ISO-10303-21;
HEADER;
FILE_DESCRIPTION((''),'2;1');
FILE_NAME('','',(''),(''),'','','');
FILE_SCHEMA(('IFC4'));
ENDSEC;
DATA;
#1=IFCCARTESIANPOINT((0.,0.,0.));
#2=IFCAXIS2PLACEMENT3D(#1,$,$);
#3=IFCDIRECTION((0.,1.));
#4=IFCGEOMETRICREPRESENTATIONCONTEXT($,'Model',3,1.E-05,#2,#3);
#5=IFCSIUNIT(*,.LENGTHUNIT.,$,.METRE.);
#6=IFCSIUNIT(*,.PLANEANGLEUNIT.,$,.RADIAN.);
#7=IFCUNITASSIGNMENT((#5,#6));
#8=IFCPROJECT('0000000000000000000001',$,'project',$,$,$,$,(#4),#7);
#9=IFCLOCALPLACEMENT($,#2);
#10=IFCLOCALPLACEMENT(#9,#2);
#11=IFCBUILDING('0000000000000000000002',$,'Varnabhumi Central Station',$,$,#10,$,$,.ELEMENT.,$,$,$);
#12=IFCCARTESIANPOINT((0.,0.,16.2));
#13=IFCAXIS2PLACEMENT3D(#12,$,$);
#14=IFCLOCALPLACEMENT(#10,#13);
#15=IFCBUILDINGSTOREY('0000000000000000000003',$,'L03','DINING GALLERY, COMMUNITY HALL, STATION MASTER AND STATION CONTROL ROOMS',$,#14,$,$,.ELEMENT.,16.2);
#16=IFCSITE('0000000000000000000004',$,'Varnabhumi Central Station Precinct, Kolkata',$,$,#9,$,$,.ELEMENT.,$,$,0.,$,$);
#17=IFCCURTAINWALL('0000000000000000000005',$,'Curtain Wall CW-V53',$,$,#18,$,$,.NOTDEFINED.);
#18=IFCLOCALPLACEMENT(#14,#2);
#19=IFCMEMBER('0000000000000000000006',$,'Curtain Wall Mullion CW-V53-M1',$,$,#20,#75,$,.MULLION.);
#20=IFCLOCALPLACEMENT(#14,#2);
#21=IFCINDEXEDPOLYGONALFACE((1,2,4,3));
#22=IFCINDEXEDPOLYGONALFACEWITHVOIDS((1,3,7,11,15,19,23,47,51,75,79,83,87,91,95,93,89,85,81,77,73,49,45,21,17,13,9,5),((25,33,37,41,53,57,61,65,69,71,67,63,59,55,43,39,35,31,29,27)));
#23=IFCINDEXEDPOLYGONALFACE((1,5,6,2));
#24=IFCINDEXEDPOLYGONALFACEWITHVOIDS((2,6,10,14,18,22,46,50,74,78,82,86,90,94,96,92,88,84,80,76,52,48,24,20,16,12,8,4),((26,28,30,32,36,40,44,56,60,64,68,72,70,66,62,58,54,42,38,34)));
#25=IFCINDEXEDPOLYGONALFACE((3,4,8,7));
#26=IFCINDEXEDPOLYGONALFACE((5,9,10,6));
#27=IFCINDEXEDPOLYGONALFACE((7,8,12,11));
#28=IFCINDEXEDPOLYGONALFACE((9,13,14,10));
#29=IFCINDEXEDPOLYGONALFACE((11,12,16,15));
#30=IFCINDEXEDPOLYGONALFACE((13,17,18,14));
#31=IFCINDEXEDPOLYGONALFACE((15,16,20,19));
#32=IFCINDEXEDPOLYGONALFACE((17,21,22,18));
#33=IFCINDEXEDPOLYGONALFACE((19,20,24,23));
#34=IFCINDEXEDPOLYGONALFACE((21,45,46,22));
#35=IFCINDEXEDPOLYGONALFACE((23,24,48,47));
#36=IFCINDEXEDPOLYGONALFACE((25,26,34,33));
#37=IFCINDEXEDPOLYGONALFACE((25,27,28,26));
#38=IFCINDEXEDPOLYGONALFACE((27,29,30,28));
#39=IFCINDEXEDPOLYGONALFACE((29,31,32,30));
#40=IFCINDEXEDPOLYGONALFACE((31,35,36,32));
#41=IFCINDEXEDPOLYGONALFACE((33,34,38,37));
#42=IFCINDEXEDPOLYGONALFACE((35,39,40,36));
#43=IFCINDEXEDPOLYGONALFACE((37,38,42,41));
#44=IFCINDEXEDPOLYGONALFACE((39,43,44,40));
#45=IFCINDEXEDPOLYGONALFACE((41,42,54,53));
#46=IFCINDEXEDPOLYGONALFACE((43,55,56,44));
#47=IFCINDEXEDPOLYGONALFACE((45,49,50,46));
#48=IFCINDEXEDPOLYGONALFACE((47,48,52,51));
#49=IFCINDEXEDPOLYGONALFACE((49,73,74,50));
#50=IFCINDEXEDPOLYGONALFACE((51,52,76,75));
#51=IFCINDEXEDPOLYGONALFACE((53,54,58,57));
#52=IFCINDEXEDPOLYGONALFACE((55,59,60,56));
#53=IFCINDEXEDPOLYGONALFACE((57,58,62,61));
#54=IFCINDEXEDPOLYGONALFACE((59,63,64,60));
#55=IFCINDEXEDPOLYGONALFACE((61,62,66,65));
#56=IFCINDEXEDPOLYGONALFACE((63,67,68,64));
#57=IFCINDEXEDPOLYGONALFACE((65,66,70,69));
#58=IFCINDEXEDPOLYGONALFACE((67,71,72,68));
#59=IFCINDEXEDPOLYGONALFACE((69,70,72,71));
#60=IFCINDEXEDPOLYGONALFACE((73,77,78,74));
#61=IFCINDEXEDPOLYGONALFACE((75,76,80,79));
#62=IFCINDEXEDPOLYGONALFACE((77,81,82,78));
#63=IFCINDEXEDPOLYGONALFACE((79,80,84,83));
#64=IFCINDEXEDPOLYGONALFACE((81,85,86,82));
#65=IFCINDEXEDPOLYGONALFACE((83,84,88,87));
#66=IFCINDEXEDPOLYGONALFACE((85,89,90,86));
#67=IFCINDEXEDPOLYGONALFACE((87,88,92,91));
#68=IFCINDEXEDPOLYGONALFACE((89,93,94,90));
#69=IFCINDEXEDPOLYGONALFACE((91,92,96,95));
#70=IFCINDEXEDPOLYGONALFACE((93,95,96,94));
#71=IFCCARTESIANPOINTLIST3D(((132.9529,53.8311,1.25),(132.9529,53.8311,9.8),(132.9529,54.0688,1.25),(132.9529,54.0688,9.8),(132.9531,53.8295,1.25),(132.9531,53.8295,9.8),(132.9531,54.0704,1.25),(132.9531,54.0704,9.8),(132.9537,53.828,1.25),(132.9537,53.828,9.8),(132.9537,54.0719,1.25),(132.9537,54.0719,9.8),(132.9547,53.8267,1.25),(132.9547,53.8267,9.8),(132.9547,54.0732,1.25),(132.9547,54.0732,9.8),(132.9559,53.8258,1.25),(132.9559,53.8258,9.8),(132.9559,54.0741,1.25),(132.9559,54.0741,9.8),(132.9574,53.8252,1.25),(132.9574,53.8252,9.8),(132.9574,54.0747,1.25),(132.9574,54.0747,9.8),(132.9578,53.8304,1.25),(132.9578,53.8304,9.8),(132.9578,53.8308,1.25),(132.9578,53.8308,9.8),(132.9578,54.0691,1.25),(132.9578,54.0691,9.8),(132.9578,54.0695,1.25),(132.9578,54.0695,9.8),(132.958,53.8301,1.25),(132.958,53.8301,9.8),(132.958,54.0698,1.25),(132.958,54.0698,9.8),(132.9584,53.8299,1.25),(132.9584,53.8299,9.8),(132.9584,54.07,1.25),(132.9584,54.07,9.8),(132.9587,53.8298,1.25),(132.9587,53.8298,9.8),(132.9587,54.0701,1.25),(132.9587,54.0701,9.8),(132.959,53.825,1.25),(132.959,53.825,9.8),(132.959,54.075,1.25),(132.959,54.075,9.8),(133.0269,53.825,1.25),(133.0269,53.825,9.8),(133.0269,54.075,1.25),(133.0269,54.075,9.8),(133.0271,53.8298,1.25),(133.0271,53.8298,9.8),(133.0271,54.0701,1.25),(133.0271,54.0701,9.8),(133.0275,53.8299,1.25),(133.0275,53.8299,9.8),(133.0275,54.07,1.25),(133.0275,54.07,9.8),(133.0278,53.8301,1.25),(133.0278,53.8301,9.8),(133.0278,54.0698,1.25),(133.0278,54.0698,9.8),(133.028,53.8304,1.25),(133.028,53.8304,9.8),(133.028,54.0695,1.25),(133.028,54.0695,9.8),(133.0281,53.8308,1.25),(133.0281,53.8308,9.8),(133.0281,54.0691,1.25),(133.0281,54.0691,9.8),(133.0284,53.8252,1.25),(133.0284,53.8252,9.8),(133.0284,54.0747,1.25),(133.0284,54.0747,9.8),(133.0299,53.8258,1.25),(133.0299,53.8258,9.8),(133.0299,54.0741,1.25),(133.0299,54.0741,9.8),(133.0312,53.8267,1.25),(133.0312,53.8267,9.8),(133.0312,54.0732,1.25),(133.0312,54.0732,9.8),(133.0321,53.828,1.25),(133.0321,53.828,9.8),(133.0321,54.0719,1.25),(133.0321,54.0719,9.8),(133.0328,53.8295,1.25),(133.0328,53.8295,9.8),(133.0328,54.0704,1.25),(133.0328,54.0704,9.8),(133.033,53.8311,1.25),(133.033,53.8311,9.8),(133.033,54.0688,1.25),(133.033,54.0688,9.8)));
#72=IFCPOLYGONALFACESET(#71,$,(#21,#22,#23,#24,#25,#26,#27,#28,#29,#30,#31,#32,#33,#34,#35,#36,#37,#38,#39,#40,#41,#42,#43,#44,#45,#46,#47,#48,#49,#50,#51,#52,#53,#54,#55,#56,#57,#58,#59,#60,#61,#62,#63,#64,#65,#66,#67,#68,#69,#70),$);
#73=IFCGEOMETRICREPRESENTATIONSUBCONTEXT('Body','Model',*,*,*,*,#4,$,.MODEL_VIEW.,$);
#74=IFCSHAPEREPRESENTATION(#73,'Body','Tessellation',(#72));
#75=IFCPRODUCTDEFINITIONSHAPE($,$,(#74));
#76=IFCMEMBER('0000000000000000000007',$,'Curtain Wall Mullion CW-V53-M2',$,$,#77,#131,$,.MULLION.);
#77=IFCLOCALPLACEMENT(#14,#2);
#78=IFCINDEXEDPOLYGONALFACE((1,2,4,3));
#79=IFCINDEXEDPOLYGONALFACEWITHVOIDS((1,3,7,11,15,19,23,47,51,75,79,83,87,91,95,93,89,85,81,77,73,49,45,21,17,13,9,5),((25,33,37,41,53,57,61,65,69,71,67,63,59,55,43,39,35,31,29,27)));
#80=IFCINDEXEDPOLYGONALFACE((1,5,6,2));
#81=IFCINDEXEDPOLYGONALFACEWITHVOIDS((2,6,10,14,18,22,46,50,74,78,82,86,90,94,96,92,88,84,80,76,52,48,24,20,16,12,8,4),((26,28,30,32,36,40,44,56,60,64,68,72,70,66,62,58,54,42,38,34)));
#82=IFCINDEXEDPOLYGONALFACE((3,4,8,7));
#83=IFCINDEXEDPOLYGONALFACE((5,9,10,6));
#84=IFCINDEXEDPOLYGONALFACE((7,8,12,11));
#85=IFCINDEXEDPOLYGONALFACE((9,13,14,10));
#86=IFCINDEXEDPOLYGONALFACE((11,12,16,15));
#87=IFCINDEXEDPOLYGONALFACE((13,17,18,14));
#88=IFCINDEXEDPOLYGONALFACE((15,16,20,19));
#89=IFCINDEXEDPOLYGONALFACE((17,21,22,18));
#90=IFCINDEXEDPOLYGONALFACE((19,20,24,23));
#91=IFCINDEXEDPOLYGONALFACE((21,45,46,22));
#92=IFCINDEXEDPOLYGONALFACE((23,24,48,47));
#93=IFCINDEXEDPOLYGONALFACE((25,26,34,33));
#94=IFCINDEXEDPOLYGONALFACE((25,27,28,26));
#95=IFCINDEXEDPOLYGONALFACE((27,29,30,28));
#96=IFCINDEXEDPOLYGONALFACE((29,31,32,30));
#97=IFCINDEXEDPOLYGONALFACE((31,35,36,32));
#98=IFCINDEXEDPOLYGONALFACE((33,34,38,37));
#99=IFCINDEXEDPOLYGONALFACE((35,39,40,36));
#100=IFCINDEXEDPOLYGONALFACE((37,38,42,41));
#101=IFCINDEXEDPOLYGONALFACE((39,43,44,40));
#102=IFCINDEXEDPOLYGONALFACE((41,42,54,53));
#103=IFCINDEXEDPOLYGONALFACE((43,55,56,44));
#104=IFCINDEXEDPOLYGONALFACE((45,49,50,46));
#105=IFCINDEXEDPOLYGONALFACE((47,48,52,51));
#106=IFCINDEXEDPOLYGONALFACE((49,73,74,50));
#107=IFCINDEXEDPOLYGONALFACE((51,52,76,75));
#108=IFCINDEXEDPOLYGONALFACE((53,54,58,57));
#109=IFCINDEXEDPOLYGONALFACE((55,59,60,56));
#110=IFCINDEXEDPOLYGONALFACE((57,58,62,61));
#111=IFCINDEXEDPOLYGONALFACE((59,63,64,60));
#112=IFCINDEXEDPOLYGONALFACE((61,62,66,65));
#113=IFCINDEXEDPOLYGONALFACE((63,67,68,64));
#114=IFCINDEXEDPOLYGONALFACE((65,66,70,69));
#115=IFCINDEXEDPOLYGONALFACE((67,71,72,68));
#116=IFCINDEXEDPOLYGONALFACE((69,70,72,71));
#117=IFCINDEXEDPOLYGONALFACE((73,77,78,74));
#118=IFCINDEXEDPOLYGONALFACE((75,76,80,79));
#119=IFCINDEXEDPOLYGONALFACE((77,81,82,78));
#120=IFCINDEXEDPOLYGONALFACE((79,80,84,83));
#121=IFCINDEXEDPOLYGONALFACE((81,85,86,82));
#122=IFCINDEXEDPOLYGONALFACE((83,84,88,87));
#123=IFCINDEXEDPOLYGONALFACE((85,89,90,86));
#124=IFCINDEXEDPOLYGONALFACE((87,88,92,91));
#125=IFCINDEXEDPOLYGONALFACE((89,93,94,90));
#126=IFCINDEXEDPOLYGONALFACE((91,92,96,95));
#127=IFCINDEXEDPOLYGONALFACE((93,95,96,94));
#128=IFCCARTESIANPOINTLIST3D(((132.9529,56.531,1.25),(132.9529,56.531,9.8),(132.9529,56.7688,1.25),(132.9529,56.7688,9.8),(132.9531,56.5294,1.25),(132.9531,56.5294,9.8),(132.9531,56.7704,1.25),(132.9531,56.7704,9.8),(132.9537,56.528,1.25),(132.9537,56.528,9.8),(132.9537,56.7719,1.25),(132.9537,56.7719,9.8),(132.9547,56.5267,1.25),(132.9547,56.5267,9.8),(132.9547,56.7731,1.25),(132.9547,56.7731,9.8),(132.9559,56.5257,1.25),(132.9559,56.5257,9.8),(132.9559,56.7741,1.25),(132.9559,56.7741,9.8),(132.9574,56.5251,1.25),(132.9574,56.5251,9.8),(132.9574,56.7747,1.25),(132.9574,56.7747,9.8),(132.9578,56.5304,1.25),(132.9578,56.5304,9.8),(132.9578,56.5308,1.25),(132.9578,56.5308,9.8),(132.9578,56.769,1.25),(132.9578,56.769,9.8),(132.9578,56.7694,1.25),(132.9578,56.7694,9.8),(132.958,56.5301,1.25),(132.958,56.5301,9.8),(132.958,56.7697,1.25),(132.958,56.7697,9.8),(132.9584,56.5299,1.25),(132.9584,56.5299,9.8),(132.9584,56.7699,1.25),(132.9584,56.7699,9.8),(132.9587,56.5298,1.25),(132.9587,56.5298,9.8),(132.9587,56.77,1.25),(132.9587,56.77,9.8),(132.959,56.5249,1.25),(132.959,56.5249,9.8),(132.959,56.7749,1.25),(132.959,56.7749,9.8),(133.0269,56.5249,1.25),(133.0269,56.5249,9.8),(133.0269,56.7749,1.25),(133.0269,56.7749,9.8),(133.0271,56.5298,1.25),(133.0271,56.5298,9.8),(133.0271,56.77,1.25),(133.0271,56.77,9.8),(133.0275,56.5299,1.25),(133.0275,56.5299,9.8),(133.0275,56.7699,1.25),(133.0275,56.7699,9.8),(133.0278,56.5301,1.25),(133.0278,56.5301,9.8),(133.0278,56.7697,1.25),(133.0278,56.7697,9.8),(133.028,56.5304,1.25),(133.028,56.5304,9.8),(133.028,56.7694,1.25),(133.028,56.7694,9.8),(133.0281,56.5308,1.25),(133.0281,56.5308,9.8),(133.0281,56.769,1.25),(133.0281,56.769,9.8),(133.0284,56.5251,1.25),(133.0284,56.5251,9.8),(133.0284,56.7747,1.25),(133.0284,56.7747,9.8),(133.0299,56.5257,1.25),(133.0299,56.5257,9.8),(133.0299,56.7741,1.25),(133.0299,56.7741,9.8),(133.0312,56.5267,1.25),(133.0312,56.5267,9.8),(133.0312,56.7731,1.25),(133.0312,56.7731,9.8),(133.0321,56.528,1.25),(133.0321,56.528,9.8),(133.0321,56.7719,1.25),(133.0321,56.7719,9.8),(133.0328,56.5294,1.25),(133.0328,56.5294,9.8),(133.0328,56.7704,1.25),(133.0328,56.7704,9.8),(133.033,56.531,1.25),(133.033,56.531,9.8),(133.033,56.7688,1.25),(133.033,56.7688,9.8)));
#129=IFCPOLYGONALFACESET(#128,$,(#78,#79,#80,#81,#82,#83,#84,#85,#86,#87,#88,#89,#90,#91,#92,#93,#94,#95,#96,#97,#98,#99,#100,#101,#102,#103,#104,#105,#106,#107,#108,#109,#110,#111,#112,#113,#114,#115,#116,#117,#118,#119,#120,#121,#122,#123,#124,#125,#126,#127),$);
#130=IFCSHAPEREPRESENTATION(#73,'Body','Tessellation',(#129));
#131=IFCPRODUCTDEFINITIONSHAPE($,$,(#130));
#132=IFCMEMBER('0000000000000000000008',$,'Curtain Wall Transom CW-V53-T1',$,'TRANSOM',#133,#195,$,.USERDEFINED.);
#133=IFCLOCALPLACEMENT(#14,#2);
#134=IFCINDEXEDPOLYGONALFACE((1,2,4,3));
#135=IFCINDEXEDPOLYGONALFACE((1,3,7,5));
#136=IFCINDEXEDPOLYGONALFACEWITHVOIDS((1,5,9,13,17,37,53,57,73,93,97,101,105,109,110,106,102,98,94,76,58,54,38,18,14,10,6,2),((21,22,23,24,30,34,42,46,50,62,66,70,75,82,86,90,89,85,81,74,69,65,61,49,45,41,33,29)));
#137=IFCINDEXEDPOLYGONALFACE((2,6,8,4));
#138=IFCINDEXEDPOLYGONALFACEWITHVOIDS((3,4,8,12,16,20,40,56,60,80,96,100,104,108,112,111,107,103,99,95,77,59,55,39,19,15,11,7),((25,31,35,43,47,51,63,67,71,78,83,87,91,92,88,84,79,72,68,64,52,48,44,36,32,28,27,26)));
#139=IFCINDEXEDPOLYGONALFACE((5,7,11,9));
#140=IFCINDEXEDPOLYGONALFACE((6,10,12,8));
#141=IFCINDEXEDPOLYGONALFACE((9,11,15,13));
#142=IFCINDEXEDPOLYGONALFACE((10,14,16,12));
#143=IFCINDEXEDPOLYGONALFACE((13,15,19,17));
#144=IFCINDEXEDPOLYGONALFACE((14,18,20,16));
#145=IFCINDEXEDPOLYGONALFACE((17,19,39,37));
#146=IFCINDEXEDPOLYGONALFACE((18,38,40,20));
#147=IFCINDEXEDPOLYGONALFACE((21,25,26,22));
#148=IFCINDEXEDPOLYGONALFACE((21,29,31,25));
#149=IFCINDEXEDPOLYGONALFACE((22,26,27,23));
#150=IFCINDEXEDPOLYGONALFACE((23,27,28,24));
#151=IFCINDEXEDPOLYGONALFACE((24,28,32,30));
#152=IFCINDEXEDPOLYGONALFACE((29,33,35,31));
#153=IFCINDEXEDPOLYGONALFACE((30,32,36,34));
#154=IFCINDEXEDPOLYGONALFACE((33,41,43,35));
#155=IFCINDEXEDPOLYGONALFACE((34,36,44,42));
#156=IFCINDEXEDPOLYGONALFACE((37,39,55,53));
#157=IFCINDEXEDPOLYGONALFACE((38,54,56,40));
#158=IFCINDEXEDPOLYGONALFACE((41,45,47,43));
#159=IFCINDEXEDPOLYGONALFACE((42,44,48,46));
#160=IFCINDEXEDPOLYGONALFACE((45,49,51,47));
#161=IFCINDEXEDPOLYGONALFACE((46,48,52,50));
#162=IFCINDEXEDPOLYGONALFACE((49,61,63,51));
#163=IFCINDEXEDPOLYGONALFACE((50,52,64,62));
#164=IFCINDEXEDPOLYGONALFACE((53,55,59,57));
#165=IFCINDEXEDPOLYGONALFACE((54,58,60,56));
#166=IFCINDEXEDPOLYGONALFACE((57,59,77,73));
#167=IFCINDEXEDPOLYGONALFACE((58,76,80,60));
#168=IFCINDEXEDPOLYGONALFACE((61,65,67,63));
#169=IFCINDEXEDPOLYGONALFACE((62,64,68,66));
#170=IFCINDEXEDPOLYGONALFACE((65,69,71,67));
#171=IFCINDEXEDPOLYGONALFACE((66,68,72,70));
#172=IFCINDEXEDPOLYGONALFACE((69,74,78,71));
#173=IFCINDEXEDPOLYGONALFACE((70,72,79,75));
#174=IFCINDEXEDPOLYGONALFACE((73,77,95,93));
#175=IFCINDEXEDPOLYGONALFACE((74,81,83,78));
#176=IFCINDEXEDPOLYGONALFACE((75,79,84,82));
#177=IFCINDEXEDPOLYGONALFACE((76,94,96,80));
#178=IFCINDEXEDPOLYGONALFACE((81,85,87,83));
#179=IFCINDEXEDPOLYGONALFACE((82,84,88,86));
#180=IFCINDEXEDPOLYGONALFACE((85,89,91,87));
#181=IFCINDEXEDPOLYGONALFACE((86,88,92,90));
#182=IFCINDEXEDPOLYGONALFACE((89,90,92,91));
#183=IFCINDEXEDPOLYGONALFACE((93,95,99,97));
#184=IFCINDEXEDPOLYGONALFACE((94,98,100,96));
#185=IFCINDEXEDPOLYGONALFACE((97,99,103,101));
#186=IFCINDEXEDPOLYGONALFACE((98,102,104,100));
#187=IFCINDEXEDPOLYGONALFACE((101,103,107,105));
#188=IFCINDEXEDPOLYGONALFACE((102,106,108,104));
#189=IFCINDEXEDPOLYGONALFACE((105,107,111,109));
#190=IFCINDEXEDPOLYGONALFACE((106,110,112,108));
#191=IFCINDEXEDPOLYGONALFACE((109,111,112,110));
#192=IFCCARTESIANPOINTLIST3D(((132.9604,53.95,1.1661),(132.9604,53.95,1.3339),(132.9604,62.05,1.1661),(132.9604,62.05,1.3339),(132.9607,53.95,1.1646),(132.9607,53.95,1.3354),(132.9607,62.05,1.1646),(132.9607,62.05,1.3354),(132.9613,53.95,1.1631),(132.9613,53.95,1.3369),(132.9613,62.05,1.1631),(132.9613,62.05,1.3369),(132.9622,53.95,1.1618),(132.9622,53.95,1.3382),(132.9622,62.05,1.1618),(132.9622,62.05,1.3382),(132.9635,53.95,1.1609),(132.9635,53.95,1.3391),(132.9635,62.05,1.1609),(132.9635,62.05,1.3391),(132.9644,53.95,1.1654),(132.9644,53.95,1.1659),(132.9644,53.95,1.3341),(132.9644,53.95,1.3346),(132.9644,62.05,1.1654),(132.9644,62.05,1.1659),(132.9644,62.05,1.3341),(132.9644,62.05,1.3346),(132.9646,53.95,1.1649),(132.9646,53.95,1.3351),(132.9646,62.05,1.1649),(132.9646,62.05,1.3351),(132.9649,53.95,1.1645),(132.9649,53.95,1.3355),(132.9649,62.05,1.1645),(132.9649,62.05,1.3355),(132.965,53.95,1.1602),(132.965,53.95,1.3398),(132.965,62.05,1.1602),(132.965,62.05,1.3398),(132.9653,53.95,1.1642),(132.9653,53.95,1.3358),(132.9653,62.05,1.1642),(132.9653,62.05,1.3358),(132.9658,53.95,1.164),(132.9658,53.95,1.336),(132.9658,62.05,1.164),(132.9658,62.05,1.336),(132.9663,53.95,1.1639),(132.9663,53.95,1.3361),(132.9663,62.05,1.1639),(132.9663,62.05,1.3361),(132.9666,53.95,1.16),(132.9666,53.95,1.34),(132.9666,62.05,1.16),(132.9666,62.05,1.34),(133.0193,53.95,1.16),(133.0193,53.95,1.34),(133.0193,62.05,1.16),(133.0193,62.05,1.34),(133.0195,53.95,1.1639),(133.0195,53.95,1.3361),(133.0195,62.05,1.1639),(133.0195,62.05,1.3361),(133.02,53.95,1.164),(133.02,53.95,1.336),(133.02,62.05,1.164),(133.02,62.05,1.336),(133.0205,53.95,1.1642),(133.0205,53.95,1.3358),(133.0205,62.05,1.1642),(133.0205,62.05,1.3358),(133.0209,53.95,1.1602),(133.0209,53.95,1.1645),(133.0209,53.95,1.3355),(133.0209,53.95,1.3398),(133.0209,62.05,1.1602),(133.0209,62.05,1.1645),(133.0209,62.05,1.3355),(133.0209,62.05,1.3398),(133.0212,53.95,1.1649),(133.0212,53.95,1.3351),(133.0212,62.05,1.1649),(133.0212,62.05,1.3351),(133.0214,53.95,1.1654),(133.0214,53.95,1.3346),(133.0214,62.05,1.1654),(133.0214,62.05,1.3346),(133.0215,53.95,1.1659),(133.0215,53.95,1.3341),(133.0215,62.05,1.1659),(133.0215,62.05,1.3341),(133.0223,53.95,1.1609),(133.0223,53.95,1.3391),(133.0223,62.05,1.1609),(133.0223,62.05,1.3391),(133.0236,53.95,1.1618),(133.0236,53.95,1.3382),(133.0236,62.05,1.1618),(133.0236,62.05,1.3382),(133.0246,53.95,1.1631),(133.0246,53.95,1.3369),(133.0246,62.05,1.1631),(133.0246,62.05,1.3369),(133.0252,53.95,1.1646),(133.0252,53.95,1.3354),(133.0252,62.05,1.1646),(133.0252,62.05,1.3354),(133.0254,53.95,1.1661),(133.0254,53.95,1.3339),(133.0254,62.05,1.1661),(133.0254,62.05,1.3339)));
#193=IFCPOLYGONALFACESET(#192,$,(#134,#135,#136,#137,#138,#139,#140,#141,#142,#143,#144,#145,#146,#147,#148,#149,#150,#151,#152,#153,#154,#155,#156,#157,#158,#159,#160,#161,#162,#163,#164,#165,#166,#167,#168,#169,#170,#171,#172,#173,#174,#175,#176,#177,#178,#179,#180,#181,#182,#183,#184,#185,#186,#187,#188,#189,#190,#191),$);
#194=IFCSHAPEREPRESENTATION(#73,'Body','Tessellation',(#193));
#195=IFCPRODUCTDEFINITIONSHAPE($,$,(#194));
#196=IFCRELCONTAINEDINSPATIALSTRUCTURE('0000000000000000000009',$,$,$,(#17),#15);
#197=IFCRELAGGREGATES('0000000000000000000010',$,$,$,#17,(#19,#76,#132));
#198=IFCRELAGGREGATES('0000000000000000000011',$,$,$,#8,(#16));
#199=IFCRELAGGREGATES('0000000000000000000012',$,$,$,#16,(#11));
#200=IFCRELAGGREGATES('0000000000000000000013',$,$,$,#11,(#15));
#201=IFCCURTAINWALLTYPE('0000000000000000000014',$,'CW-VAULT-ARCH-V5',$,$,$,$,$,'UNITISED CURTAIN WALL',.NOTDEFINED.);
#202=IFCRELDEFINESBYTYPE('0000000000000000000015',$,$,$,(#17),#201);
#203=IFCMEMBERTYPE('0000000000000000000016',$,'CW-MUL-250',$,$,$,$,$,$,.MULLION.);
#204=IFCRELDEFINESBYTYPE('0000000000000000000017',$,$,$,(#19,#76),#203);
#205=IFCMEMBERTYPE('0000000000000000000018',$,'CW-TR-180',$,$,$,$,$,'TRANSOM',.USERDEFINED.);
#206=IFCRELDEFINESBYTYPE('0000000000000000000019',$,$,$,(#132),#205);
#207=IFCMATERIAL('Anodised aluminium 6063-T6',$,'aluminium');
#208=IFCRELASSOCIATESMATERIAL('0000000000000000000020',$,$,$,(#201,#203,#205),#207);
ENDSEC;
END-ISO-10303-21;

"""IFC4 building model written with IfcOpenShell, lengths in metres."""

from ifc_helpers import new_model, si_unit, direction, frame, origin, origin_2d, place, context, subcontext, project, spatial, hollow_rectangle, extrude, material, material_profile, profile_set, type_object, element, aggregate, save


model = new_model("IFC4")

# Units and contexts
model_context = context("Model", 3, precision=1e-05, world=origin(), true_north=direction((0.0, 1.0)))
body_context = subcontext(model_context, "Body", "Model", "MODEL_VIEW")
ifc_project = project(units=[si_unit("LENGTHUNIT", "METRE"), si_unit("PLANEANGLEUNIT", "RADIAN")], contexts=[model_context])

# Site, building, storey
site_placement = place(None, origin())
site = spatial("IfcSite", under=ifc_project, at=site_placement, Name="Varnabhumi Central Station Precinct, Kolkata", CompositionType="ELEMENT", RefElevation=0.0)
building_placement = place(site_placement, origin())
building = spatial("IfcBuilding", under=site, at=building_placement, Name="Varnabhumi Central Station", CompositionType="ELEMENT")
storey_placement = place(building_placement, frame((0.0, 0.0, 16.2)))
storey = spatial("IfcBuildingStorey", under=building, at=storey_placement, Name="L03", Description="DINING GALLERY, COMMUNITY HALL, STATION MASTER AND STATION CONTROL ROOMS", CompositionType="ELEMENT", Elevation=16.2)

# Curtain wall, members
ifc_material_1 = material(Name="Anodised aluminium 6063-T6", Category="aluminium")
curtain_wall_type = type_object("IfcCurtainWallType", Name="CW-VAULT-ARCH-V5", ElementType="UNITISED CURTAIN WALL", PredefinedType="NOTDEFINED", material=ifc_material_1)
ifc_material_profile_1 = material_profile(ifc_material_1, hollow_rectangle(XDim=0.0801, YDim=0.25, WallThickness=0.0049, InnerFilletRadius=0.001, OuterFilletRadius=0.0061, at=origin_2d()), Name="Anodised aluminium 6063-T6", Category="aluminium")
ifc_profile_set_1 = profile_set([ifc_material_profile_1], Name="Anodised aluminium 6063-T6")
member_type_1 = type_object("IfcMemberType", Name="CW-MUL-250", PredefinedType="MULLION", material=ifc_profile_set_1)
curtain_wall_1_placement = place(storey_placement, origin())
curtain_wall_1 = element("IfcCurtainWall", 1, at=curtain_wall_1_placement, inside=storey, type_object=curtain_wall_type, Name="Curtain Wall CW-V53", PredefinedType="NOTDEFINED")
member_1_placement = place(storey_placement, frame((132.9929, 53.95, 1.25), z_axis=(0.0, 0.0, 1.0), x_axis=(1.0, 0.0, 0.0)))
member_1 = element("IfcMember", 2, at=member_1_placement, type_object=member_type_1, Name="Curtain Wall Mullion CW-V53-M1", PredefinedType="MULLION", context=body_context, shape_type="SweptSolid", body=[
    extrude(hollow_rectangle(XDim=0.0801, YDim=0.25, WallThickness=0.0049, InnerFilletRadius=0.001, OuterFilletRadius=0.0061, at=origin_2d()), origin(), (0.0, 0.0, 1.0), 8.55),
])
member_2_placement = place(storey_placement, frame((132.9929, 56.6499, 1.25), z_axis=(0.0, 0.0, 1.0), x_axis=(1.0, 0.0, 0.0)))
member_2 = element("IfcMember", 3, at=member_2_placement, type_object=member_type_1, Name="Curtain Wall Mullion CW-V53-M2", PredefinedType="MULLION", context=body_context, shape_type="SweptSolid", body=[
    extrude(hollow_rectangle(XDim=0.0801, YDim=0.25, WallThickness=0.0049, InnerFilletRadius=0.001, OuterFilletRadius=0.0061, at=origin_2d()), origin(), (0.0, 0.0, 1.0), 8.55),
])
ifc_material_profile_2 = material_profile(ifc_material_1, hollow_rectangle(XDim=0.0649, YDim=0.1799, WallThickness=0.0039, InnerFilletRadius=0.002, OuterFilletRadius=0.0061, at=origin_2d()), Name="Anodised aluminium 6063-T6", Category="aluminium")
ifc_profile_set_2 = profile_set([ifc_material_profile_2], Name="Anodised aluminium 6063-T6")
member_type_2 = type_object("IfcMemberType", Name="CW-TR-180", ElementType="TRANSOM", PredefinedType="USERDEFINED", material=ifc_profile_set_2)
member_3_placement = place(storey_placement, frame((132.9929, 53.95, 1.25), z_axis=(0.0, 1.0, 0.0), x_axis=(-1.0, 0.0, 0.0)))
member_3 = element("IfcMember", 4, at=member_3_placement, type_object=member_type_2, Name="Curtain Wall Transom CW-V53-T1", ObjectType="TRANSOM", PredefinedType="USERDEFINED", context=body_context, shape_type="SweptSolid", body=[
    extrude(hollow_rectangle(XDim=0.0649, YDim=0.1799, WallThickness=0.0039, InnerFilletRadius=0.002, OuterFilletRadius=0.0061, at=origin_2d()), origin(), (0.0, 0.0, 1.0), 8.1001),
])

aggregate(curtain_wall_1, [member_1, member_2, member_3])

save(model, "model.ifc")
